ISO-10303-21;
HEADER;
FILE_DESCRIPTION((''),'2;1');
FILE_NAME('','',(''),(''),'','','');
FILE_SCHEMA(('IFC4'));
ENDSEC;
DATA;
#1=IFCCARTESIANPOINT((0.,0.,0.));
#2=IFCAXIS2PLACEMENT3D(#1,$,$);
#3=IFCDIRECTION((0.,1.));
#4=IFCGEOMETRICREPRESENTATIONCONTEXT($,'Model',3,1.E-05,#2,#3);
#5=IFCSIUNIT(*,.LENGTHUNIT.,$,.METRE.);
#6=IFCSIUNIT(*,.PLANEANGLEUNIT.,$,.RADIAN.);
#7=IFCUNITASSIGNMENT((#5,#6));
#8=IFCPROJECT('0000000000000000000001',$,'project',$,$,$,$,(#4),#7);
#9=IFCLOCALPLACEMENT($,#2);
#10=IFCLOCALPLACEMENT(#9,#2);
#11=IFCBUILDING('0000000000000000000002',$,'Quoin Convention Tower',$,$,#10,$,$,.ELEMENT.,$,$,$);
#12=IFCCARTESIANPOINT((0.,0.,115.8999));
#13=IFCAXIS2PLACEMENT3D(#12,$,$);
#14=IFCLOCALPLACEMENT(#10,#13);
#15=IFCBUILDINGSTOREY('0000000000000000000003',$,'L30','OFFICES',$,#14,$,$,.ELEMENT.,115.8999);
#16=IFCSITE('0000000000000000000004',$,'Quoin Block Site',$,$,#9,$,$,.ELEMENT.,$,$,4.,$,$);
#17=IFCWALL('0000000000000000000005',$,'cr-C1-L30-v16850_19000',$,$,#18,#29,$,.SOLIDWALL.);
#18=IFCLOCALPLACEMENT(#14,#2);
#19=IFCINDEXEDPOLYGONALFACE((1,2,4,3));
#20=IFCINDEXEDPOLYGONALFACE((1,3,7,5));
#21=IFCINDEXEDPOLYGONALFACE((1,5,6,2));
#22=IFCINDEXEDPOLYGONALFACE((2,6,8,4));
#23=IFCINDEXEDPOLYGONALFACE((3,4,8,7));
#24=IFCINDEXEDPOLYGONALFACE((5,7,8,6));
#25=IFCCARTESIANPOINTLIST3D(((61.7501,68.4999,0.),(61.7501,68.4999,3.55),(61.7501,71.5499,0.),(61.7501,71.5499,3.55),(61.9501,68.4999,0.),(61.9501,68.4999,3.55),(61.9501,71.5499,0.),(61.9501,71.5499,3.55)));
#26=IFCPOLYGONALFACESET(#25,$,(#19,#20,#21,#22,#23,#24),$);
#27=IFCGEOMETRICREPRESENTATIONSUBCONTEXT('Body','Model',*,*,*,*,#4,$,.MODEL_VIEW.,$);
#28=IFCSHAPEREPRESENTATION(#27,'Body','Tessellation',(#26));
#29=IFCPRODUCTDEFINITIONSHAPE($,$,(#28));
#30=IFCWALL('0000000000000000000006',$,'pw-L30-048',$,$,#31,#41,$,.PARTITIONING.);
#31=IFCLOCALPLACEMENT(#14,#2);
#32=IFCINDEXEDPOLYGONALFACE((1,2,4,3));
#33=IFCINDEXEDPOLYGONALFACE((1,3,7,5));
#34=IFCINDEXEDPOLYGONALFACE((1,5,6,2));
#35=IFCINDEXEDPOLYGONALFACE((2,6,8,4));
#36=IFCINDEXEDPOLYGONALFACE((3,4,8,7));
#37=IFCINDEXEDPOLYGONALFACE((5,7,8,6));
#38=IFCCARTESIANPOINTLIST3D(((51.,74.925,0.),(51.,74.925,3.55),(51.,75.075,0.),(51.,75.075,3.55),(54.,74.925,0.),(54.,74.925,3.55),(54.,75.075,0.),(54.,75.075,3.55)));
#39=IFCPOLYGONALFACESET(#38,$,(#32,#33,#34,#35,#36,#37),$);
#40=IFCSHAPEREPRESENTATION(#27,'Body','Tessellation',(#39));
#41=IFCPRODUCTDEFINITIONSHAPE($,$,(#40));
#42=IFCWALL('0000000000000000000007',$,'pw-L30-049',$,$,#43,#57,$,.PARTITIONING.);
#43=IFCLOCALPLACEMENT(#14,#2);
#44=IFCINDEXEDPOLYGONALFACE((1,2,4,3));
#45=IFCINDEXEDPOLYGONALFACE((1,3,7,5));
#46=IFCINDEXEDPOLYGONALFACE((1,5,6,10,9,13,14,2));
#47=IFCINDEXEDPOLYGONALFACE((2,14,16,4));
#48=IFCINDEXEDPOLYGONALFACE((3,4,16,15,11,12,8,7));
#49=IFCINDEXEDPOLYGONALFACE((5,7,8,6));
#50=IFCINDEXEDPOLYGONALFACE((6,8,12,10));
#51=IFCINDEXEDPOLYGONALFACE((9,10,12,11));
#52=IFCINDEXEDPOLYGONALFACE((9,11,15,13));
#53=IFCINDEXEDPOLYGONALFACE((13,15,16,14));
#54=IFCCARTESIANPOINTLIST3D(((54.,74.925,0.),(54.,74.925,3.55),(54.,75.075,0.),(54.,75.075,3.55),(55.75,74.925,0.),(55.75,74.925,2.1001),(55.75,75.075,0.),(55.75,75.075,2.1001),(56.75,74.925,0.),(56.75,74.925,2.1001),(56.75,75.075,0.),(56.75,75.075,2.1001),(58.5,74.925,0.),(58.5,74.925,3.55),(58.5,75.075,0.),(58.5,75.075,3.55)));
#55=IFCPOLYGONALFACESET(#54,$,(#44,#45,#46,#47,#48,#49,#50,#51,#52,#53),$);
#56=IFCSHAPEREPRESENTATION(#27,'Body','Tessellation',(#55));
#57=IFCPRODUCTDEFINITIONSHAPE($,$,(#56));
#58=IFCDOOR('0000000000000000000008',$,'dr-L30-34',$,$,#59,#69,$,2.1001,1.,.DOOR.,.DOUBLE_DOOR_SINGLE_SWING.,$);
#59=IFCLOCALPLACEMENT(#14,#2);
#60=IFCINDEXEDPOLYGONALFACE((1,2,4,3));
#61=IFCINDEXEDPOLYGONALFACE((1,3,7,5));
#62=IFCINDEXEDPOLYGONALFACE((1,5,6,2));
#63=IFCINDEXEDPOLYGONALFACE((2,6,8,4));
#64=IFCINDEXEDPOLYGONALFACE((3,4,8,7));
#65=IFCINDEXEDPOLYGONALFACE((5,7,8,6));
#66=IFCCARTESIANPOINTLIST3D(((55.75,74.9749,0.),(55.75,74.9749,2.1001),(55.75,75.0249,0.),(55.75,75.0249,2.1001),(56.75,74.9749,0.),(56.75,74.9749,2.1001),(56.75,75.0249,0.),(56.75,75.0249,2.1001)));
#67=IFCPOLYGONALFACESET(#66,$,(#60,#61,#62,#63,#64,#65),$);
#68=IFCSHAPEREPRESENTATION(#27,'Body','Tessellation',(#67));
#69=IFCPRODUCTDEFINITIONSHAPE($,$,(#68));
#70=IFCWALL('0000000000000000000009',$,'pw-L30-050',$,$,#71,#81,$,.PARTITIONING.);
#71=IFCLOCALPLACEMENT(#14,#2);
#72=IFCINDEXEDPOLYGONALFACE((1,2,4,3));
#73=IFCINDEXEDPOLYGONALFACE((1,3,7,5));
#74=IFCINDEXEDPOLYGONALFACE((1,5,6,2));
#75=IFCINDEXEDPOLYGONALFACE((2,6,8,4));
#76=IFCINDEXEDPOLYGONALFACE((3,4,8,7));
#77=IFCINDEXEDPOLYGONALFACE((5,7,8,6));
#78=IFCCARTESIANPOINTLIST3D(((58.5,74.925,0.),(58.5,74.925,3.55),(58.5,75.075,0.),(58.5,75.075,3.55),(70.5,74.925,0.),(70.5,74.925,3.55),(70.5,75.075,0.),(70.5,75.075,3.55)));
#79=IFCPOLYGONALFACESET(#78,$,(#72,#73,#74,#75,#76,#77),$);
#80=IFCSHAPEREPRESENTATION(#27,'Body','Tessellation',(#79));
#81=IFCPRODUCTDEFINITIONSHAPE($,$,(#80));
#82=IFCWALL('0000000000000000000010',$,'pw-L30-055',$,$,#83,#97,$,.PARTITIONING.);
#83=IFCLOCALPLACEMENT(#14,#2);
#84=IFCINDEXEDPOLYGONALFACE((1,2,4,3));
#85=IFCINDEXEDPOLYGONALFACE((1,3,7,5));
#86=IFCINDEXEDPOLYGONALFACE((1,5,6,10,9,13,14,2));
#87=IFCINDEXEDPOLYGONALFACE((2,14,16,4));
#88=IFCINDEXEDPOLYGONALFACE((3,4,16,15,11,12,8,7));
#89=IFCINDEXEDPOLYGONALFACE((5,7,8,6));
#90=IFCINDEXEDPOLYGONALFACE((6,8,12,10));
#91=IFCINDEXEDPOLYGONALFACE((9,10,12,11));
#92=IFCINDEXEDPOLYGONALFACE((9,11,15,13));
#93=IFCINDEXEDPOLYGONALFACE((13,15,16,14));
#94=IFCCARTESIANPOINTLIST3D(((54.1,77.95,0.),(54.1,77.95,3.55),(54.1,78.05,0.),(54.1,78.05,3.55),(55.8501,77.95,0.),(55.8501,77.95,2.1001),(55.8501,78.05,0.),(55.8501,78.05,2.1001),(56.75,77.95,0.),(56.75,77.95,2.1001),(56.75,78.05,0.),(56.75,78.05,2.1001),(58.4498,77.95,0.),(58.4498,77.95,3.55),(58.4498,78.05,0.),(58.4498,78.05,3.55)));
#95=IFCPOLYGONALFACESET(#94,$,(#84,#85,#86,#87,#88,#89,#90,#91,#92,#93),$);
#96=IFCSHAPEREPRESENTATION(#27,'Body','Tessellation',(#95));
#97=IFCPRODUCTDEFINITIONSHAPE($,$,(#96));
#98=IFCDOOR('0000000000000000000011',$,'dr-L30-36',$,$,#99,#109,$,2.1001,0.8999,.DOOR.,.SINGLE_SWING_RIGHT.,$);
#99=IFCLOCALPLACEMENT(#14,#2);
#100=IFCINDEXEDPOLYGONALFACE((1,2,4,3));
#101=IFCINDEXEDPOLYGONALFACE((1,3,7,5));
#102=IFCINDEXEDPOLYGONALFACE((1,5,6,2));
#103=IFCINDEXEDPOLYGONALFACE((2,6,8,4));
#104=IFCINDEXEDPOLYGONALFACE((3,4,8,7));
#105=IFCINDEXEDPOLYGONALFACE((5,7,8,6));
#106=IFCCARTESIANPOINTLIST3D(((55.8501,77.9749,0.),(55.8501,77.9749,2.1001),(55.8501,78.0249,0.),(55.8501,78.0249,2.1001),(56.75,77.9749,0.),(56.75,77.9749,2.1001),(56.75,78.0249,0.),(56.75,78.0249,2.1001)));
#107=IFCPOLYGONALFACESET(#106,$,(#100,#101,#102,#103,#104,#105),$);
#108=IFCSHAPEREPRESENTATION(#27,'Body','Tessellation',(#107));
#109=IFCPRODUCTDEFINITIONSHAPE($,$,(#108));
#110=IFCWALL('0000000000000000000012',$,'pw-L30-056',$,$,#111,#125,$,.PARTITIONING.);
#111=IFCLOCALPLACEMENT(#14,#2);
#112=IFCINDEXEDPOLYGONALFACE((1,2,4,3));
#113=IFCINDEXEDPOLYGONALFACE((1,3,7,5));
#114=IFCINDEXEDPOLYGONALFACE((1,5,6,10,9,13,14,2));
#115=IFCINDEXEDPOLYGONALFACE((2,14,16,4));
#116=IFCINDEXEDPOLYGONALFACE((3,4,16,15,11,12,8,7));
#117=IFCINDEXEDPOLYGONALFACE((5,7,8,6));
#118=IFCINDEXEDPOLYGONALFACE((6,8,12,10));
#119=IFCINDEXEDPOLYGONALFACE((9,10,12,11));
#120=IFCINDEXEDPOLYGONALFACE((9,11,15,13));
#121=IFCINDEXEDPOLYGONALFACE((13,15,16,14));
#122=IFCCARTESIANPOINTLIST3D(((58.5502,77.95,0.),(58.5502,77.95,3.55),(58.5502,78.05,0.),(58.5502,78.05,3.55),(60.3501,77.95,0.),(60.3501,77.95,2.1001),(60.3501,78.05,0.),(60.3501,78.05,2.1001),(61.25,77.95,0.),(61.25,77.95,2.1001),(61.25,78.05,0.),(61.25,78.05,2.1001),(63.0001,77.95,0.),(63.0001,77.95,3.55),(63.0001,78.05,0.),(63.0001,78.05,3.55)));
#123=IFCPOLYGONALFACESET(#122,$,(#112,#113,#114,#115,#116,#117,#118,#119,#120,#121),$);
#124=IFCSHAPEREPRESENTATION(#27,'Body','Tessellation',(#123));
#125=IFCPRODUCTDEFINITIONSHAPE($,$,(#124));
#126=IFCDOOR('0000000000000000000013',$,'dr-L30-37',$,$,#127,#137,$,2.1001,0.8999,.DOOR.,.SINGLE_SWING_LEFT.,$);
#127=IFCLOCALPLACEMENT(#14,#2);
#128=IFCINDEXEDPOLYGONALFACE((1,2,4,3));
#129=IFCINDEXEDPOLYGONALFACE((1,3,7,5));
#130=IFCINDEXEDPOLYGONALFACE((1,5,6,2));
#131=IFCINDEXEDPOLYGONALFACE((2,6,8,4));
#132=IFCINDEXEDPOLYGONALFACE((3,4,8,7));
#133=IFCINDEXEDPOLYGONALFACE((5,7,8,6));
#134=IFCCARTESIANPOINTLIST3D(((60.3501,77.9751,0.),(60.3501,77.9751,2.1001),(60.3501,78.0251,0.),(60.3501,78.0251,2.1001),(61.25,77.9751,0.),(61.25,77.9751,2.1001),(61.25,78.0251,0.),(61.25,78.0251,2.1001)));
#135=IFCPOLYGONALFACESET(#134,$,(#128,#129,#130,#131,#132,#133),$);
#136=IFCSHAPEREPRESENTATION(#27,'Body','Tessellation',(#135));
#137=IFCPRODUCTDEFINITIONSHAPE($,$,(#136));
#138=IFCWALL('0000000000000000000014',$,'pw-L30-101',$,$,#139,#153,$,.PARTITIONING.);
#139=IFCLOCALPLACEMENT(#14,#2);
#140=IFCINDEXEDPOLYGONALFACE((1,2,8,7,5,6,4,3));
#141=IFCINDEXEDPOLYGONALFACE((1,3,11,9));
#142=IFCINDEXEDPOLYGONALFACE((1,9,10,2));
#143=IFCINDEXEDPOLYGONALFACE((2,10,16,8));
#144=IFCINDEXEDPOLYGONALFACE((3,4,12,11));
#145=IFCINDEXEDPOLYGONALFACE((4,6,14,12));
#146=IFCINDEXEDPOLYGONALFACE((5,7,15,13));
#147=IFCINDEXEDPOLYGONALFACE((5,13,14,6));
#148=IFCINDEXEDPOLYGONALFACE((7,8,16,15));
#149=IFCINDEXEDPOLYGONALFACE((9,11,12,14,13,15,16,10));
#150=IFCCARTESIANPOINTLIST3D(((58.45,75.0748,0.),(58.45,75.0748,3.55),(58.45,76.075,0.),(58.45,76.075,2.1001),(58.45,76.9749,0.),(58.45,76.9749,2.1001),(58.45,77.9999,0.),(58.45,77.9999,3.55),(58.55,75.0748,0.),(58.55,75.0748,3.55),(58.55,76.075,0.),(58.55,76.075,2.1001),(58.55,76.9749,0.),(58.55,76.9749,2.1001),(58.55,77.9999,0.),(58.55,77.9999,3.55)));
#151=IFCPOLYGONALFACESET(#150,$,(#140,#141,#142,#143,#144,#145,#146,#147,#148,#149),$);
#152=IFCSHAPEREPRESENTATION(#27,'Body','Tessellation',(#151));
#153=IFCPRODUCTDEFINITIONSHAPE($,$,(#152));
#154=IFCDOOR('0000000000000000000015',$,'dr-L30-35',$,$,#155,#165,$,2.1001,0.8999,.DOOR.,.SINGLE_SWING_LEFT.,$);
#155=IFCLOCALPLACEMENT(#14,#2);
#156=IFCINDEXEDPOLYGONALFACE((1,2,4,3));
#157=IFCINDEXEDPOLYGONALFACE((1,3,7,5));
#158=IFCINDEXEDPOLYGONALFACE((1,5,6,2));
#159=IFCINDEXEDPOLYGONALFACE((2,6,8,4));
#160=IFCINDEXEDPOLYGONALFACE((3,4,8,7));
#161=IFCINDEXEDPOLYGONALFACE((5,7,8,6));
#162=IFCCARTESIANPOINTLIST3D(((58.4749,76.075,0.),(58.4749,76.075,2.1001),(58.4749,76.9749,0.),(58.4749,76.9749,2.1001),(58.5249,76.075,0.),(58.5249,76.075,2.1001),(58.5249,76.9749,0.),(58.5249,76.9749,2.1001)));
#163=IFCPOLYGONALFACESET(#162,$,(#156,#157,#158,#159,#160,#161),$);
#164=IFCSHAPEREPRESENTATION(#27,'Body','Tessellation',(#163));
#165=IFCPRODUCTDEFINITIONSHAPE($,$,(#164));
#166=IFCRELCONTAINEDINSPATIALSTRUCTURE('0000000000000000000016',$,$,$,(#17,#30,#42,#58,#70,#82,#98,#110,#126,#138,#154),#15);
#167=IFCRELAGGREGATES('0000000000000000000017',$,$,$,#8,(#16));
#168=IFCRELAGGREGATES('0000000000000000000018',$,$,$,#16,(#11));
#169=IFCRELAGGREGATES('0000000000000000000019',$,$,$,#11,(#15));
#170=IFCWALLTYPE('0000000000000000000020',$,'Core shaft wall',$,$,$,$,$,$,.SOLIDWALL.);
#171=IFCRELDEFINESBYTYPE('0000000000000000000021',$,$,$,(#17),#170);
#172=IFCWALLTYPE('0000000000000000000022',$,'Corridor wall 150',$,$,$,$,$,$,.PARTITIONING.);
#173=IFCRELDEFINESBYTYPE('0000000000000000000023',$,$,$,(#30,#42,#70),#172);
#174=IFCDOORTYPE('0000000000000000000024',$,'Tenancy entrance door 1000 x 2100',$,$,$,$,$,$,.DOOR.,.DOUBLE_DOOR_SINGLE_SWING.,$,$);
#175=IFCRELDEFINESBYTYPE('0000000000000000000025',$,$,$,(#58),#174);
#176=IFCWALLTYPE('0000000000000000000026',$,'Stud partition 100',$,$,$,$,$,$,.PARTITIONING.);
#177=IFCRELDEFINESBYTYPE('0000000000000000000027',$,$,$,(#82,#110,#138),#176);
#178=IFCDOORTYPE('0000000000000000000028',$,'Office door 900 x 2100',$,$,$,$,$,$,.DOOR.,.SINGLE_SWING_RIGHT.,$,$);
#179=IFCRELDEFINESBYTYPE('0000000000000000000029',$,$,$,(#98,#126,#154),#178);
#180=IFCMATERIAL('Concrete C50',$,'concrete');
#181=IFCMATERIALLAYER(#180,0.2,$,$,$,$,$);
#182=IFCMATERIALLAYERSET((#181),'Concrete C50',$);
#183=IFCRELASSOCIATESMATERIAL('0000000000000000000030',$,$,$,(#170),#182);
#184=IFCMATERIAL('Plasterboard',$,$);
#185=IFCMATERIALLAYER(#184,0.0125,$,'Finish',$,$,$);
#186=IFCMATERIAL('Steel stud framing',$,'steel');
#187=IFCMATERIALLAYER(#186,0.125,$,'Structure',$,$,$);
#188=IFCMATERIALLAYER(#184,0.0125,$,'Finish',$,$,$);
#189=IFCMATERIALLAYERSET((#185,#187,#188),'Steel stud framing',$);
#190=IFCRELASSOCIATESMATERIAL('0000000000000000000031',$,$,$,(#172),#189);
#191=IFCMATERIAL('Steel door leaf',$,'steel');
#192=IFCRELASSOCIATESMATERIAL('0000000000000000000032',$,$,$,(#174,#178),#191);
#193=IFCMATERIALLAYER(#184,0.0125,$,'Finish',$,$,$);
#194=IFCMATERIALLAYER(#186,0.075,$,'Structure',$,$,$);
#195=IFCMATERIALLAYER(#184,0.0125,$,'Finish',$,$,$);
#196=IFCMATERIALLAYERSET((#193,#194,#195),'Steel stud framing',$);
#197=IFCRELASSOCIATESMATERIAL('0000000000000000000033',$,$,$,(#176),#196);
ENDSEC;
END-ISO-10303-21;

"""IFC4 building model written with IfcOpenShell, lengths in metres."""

from ifc_helpers import new_model, si_unit, direction, frame, frame_2d, origin, place, context, subcontext, project, spatial, rectangle, extrude, material, layer, layer_set, type_object, element, fill, save


model = new_model("IFC4")

# Units and contexts
model_context = context("Model", 3, precision=1e-05, world=origin(), true_north=direction((0.0, 1.0)))
body_context = subcontext(model_context, "Body", "Model", "MODEL_VIEW")
ifc_project = project(units=[si_unit("LENGTHUNIT", "METRE"), si_unit("PLANEANGLEUNIT", "RADIAN")], contexts=[model_context])

# Site, building, storey
site_placement = place(None, origin())
site = spatial("IfcSite", under=ifc_project, at=site_placement, Name="Quoin Block Site", CompositionType="ELEMENT", RefElevation=4.0)
building_placement = place(site_placement, origin())
building = spatial("IfcBuilding", under=site, at=building_placement, Name="Quoin Convention Tower", CompositionType="ELEMENT")
storey_placement = place(building_placement, frame((0.0, 0.0, 115.8999)))
storey = spatial("IfcBuildingStorey", under=building, at=storey_placement, Name="L30", Description="OFFICES", CompositionType="ELEMENT", Elevation=115.8999)

# Shared definitions
ifc_material_1 = material(Name="Plasterboard")
ifc_material_2 = material(Name="Steel stud framing", Category="steel")
ifc_material_3 = material(Name="Steel door leaf", Category="steel")

# Walls
ifc_material_4 = material(Name="Concrete C50", Category="concrete")
ifc_layer_1 = layer(ifc_material_4, 0.2)
ifc_layer_set_1 = layer_set([ifc_layer_1], Name="Concrete C50")
wall_type_1 = type_object("IfcWallType", Name="Core shaft wall", PredefinedType="SOLIDWALL", material=ifc_layer_set_1)
for number, where, z_axis, x_axis, name in (
    (1, (61.8501, 68.5, 0.0), (0.0, 0.0, 1.0), (0.0, 1.0, 0.0), "cr-C1-L30-v16850_19000"),
):
    element("IfcWall", number, at=place(storey_placement, frame(where, z_axis=z_axis, x_axis=x_axis)), inside=storey, type_object=wall_type_1, Name=name, PredefinedType="SOLIDWALL", context=body_context, shape_type="SweptSolid", body=[
        extrude(rectangle(XDim=3.05, YDim=0.2, at=frame_2d((1.5249, 0.0))), origin(), (0.0, 0.0, 1.0), 3.55),
    ])
ifc_layer_2 = layer(ifc_material_1, 0.0125, Name="Finish")
ifc_layer_3 = layer(ifc_material_2, 0.125, Name="Structure")
ifc_layer_4 = layer(ifc_material_1, 0.0125, Name="Finish")
ifc_layer_set_2 = layer_set([ifc_layer_2, ifc_layer_3, ifc_layer_4], Name="Steel stud framing")
wall_type_2 = type_object("IfcWallType", Name="Corridor wall 150", PredefinedType="PARTITIONING", material=ifc_layer_set_2)
wall_1_placement = place(storey_placement, frame((51.0, 75.0, 0.0), z_axis=(0.0, 0.0, 1.0), x_axis=(1.0, 0.0, 0.0)))
element("IfcWall", 2, at=wall_1_placement, inside=storey, type_object=wall_type_2, Name="pw-L30-048", PredefinedType="PARTITIONING", context=body_context, shape_type="SweptSolid", body=[
    extrude(rectangle(XDim=3.0, YDim=0.1499, at=frame_2d((1.5, 0.0))), origin(), (0.0, 0.0, 1.0), 3.55),
])

# Wall, opening, door
wall_2_placement = place(storey_placement, frame((54.0, 75.0, 0.0), z_axis=(0.0, 0.0, 1.0), x_axis=(1.0, 0.0, 0.0)))
wall_2 = element("IfcWall", 3, at=wall_2_placement, inside=storey, type_object=wall_type_2, Name="pw-L30-049", PredefinedType="PARTITIONING", context=body_context, shape_type="SweptSolid", body=[
    extrude(rectangle(XDim=4.5, YDim=0.1499, at=frame_2d((2.25, 0.0))), origin(), (0.0, 0.0, 1.0), 3.55),
])
opening_1_placement = place(wall_2_placement, frame((1.75, 0.0, 0.0)))
opening_1 = element("IfcOpeningElement", 4, at=opening_1_placement, cuts=wall_2, PredefinedType="OPENING", context=body_context, shape_type="SweptSolid", body=[
    extrude(rectangle(XDim=1.0, YDim=2.1001, at=frame_2d((0.5, 1.05))), frame((0.0, 0.085, 0.0), z_axis=(0.0, -1.0, 0.0), x_axis=(1.0, 0.0, 0.0)), (0.0, 0.0, 1.0), 0.1699),
])
door_type_1 = type_object("IfcDoorType", Name="Tenancy entrance door 1000 x 2100", OperationType="DOUBLE_DOOR_SINGLE_SWING", PredefinedType="DOOR", material=ifc_material_3)
door_1_placement = place(opening_1_placement, origin())
door_1 = element("IfcDoor", 5, at=door_1_placement, inside=storey, type_object=door_type_1, Name="dr-L30-34", OperationType="DOUBLE_DOOR_SINGLE_SWING", OverallHeight=2.1001, OverallWidth=1.0, PredefinedType="DOOR", context=body_context, shape_type="SweptSolid", body=[
    extrude(rectangle(XDim=1.0, YDim=2.1001, at=frame_2d((0.5, 1.05))), frame((0.0, 0.0249, 0.0), z_axis=(0.0, -1.0, 0.0), x_axis=(1.0, 0.0, 0.0)), (0.0, 0.0, 1.0), 0.05),
])
fill(opening_1, door_1)

# Wall
wall_3_placement = place(storey_placement, frame((58.5, 75.0, 0.0), z_axis=(0.0, 0.0, 1.0), x_axis=(1.0, 0.0, 0.0)))
element("IfcWall", 6, at=wall_3_placement, inside=storey, type_object=wall_type_2, Name="pw-L30-050", PredefinedType="PARTITIONING", context=body_context, shape_type="SweptSolid", body=[
    extrude(rectangle(XDim=12.0, YDim=0.1499, at=frame_2d((6.0, 0.0))), origin(), (0.0, 0.0, 1.0), 3.55),
])

# Walls, openings, doors
ifc_layer_5 = layer(ifc_material_1, 0.0125, Name="Finish")
ifc_layer_6 = layer(ifc_material_2, 0.075, Name="Structure")
ifc_layer_7 = layer(ifc_material_1, 0.0125, Name="Finish")
ifc_layer_set_3 = layer_set([ifc_layer_5, ifc_layer_6, ifc_layer_7], Name="Steel stud framing")
wall_type_3 = type_object("IfcWallType", Name="Stud partition 100", PredefinedType="PARTITIONING", material=ifc_layer_set_3)
wall_4_placement = place(storey_placement, frame((54.1001, 78.0, 0.0), z_axis=(0.0, 0.0, 1.0), x_axis=(1.0, 0.0, 0.0)))
wall_4 = element("IfcWall", 7, at=wall_4_placement, inside=storey, type_object=wall_type_3, Name="pw-L30-055", PredefinedType="PARTITIONING", context=body_context, shape_type="SweptSolid", body=[
    extrude(rectangle(XDim=4.3499, YDim=0.1001, at=frame_2d((2.1748, 0.0))), origin(), (0.0, 0.0, 1.0), 3.55),
])
opening_2_placement = place(wall_4_placement, frame((1.75, 0.0, 0.0)))
opening_2 = element("IfcOpeningElement", 8, at=opening_2_placement, cuts=wall_4, PredefinedType="OPENING", context=body_context, shape_type="SweptSolid", body=[
    extrude(rectangle(XDim=0.8999, YDim=2.1001, at=frame_2d((0.45, 1.05))), frame((0.0, 0.0601, 0.0), z_axis=(0.0, -1.0, 0.0), x_axis=(1.0, 0.0, 0.0)), (0.0, 0.0, 1.0), 0.1201),
])
door_type_2 = type_object("IfcDoorType", Name="Office door 900 x 2100", OperationType="SINGLE_SWING_RIGHT", PredefinedType="DOOR", material=ifc_material_3)
door_2_placement = place(opening_2_placement, origin())
door_2 = element("IfcDoor", 9, at=door_2_placement, inside=storey, type_object=door_type_2, Name="dr-L30-36", OperationType="SINGLE_SWING_RIGHT", OverallHeight=2.1001, OverallWidth=0.8999, PredefinedType="DOOR", context=body_context, shape_type="SweptSolid", body=[
    extrude(rectangle(XDim=0.8999, YDim=2.1001, at=frame_2d((0.45, 1.05))), frame((0.0, 0.0249, 0.0), z_axis=(0.0, -1.0, 0.0), x_axis=(1.0, 0.0, 0.0)), (0.0, 0.0, 1.0), 0.05),
])
fill(opening_2, door_2)
wall_5_placement = place(storey_placement, frame((58.55, 78.0, 0.0), z_axis=(0.0, 0.0, 1.0), x_axis=(1.0, 0.0, 0.0)))
wall_5 = element("IfcWall", 10, at=wall_5_placement, inside=storey, type_object=wall_type_3, Name="pw-L30-056", PredefinedType="PARTITIONING", context=body_context, shape_type="SweptSolid", body=[
    extrude(rectangle(XDim=4.45, YDim=0.1001, at=frame_2d((2.2251, 0.0))), origin(), (0.0, 0.0, 1.0), 3.55),
])
opening_3_placement = place(wall_5_placement, frame((1.8, 0.0, 0.0)))
opening_3 = element("IfcOpeningElement", 11, at=opening_3_placement, cuts=wall_5, PredefinedType="OPENING", context=body_context, shape_type="SweptSolid", body=[
    extrude(rectangle(XDim=0.8999, YDim=2.1001, at=frame_2d((0.45, 1.05))), frame((0.0, 0.0601, 0.0), z_axis=(0.0, -1.0, 0.0), x_axis=(1.0, 0.0, 0.0)), (0.0, 0.0, 1.0), 0.1201),
])
door_3_placement = place(opening_3_placement, frame((0.8999, 0.0, 0.0), z_axis=(0.0, 0.0, 1.0), x_axis=(-1.0, 0.0, 0.0)))
door_3 = element("IfcDoor", 12, at=door_3_placement, inside=storey, type_object=door_type_2, Name="dr-L30-37", OperationType="SINGLE_SWING_LEFT", OverallHeight=2.1001, OverallWidth=0.8999, PredefinedType="DOOR", context=body_context, shape_type="SweptSolid", body=[
    extrude(rectangle(XDim=0.8999, YDim=2.1001, at=frame_2d((0.45, 1.05))), frame((0.0, 0.0249, 0.0), z_axis=(0.0, -1.0, 0.0), x_axis=(1.0, 0.0, 0.0)), (0.0, 0.0, 1.0), 0.05),
])
fill(opening_3, door_3)
wall_6_placement = place(storey_placement, frame((58.5, 75.075, 0.0), z_axis=(0.0, 0.0, 1.0), x_axis=(0.0, 1.0, 0.0)))
wall_6 = element("IfcWall", 13, at=wall_6_placement, inside=storey, type_object=wall_type_3, Name="pw-L30-101", PredefinedType="PARTITIONING", context=body_context, shape_type="SweptSolid", body=[
    extrude(rectangle(XDim=2.925, YDim=0.1001, at=frame_2d((1.4624, 0.0))), origin(), (0.0, 0.0, 1.0), 3.55),
])
opening_4_placement = place(wall_6_placement, frame((1.0, 0.0, 0.0)))
opening_4 = element("IfcOpeningElement", 14, at=opening_4_placement, cuts=wall_6, PredefinedType="OPENING", context=body_context, shape_type="SweptSolid", body=[
    extrude(rectangle(XDim=0.8999, YDim=2.1001, at=frame_2d((0.45, 1.05))), frame((0.0, 0.0601, 0.0), z_axis=(0.0, -1.0, 0.0), x_axis=(1.0, 0.0, 0.0)), (0.0, 0.0, 1.0), 0.1201),
])
door_4_placement = place(opening_4_placement, frame((0.8999, 0.0, 0.0), z_axis=(0.0, 0.0, 1.0), x_axis=(-1.0, 0.0, 0.0)))
door_4 = element("IfcDoor", 15, at=door_4_placement, inside=storey, type_object=door_type_2, Name="dr-L30-35", OperationType="SINGLE_SWING_LEFT", OverallHeight=2.1001, OverallWidth=0.8999, PredefinedType="DOOR", context=body_context, shape_type="SweptSolid", body=[
    extrude(rectangle(XDim=0.8999, YDim=2.1001, at=frame_2d((0.45, 1.05))), frame((0.0, 0.0249, 0.0), z_axis=(0.0, -1.0, 0.0), x_axis=(1.0, 0.0, 0.0)), (0.0, 0.0, 1.0), 0.05),
])
fill(opening_4, door_4)

save(model, "model.ifc")
